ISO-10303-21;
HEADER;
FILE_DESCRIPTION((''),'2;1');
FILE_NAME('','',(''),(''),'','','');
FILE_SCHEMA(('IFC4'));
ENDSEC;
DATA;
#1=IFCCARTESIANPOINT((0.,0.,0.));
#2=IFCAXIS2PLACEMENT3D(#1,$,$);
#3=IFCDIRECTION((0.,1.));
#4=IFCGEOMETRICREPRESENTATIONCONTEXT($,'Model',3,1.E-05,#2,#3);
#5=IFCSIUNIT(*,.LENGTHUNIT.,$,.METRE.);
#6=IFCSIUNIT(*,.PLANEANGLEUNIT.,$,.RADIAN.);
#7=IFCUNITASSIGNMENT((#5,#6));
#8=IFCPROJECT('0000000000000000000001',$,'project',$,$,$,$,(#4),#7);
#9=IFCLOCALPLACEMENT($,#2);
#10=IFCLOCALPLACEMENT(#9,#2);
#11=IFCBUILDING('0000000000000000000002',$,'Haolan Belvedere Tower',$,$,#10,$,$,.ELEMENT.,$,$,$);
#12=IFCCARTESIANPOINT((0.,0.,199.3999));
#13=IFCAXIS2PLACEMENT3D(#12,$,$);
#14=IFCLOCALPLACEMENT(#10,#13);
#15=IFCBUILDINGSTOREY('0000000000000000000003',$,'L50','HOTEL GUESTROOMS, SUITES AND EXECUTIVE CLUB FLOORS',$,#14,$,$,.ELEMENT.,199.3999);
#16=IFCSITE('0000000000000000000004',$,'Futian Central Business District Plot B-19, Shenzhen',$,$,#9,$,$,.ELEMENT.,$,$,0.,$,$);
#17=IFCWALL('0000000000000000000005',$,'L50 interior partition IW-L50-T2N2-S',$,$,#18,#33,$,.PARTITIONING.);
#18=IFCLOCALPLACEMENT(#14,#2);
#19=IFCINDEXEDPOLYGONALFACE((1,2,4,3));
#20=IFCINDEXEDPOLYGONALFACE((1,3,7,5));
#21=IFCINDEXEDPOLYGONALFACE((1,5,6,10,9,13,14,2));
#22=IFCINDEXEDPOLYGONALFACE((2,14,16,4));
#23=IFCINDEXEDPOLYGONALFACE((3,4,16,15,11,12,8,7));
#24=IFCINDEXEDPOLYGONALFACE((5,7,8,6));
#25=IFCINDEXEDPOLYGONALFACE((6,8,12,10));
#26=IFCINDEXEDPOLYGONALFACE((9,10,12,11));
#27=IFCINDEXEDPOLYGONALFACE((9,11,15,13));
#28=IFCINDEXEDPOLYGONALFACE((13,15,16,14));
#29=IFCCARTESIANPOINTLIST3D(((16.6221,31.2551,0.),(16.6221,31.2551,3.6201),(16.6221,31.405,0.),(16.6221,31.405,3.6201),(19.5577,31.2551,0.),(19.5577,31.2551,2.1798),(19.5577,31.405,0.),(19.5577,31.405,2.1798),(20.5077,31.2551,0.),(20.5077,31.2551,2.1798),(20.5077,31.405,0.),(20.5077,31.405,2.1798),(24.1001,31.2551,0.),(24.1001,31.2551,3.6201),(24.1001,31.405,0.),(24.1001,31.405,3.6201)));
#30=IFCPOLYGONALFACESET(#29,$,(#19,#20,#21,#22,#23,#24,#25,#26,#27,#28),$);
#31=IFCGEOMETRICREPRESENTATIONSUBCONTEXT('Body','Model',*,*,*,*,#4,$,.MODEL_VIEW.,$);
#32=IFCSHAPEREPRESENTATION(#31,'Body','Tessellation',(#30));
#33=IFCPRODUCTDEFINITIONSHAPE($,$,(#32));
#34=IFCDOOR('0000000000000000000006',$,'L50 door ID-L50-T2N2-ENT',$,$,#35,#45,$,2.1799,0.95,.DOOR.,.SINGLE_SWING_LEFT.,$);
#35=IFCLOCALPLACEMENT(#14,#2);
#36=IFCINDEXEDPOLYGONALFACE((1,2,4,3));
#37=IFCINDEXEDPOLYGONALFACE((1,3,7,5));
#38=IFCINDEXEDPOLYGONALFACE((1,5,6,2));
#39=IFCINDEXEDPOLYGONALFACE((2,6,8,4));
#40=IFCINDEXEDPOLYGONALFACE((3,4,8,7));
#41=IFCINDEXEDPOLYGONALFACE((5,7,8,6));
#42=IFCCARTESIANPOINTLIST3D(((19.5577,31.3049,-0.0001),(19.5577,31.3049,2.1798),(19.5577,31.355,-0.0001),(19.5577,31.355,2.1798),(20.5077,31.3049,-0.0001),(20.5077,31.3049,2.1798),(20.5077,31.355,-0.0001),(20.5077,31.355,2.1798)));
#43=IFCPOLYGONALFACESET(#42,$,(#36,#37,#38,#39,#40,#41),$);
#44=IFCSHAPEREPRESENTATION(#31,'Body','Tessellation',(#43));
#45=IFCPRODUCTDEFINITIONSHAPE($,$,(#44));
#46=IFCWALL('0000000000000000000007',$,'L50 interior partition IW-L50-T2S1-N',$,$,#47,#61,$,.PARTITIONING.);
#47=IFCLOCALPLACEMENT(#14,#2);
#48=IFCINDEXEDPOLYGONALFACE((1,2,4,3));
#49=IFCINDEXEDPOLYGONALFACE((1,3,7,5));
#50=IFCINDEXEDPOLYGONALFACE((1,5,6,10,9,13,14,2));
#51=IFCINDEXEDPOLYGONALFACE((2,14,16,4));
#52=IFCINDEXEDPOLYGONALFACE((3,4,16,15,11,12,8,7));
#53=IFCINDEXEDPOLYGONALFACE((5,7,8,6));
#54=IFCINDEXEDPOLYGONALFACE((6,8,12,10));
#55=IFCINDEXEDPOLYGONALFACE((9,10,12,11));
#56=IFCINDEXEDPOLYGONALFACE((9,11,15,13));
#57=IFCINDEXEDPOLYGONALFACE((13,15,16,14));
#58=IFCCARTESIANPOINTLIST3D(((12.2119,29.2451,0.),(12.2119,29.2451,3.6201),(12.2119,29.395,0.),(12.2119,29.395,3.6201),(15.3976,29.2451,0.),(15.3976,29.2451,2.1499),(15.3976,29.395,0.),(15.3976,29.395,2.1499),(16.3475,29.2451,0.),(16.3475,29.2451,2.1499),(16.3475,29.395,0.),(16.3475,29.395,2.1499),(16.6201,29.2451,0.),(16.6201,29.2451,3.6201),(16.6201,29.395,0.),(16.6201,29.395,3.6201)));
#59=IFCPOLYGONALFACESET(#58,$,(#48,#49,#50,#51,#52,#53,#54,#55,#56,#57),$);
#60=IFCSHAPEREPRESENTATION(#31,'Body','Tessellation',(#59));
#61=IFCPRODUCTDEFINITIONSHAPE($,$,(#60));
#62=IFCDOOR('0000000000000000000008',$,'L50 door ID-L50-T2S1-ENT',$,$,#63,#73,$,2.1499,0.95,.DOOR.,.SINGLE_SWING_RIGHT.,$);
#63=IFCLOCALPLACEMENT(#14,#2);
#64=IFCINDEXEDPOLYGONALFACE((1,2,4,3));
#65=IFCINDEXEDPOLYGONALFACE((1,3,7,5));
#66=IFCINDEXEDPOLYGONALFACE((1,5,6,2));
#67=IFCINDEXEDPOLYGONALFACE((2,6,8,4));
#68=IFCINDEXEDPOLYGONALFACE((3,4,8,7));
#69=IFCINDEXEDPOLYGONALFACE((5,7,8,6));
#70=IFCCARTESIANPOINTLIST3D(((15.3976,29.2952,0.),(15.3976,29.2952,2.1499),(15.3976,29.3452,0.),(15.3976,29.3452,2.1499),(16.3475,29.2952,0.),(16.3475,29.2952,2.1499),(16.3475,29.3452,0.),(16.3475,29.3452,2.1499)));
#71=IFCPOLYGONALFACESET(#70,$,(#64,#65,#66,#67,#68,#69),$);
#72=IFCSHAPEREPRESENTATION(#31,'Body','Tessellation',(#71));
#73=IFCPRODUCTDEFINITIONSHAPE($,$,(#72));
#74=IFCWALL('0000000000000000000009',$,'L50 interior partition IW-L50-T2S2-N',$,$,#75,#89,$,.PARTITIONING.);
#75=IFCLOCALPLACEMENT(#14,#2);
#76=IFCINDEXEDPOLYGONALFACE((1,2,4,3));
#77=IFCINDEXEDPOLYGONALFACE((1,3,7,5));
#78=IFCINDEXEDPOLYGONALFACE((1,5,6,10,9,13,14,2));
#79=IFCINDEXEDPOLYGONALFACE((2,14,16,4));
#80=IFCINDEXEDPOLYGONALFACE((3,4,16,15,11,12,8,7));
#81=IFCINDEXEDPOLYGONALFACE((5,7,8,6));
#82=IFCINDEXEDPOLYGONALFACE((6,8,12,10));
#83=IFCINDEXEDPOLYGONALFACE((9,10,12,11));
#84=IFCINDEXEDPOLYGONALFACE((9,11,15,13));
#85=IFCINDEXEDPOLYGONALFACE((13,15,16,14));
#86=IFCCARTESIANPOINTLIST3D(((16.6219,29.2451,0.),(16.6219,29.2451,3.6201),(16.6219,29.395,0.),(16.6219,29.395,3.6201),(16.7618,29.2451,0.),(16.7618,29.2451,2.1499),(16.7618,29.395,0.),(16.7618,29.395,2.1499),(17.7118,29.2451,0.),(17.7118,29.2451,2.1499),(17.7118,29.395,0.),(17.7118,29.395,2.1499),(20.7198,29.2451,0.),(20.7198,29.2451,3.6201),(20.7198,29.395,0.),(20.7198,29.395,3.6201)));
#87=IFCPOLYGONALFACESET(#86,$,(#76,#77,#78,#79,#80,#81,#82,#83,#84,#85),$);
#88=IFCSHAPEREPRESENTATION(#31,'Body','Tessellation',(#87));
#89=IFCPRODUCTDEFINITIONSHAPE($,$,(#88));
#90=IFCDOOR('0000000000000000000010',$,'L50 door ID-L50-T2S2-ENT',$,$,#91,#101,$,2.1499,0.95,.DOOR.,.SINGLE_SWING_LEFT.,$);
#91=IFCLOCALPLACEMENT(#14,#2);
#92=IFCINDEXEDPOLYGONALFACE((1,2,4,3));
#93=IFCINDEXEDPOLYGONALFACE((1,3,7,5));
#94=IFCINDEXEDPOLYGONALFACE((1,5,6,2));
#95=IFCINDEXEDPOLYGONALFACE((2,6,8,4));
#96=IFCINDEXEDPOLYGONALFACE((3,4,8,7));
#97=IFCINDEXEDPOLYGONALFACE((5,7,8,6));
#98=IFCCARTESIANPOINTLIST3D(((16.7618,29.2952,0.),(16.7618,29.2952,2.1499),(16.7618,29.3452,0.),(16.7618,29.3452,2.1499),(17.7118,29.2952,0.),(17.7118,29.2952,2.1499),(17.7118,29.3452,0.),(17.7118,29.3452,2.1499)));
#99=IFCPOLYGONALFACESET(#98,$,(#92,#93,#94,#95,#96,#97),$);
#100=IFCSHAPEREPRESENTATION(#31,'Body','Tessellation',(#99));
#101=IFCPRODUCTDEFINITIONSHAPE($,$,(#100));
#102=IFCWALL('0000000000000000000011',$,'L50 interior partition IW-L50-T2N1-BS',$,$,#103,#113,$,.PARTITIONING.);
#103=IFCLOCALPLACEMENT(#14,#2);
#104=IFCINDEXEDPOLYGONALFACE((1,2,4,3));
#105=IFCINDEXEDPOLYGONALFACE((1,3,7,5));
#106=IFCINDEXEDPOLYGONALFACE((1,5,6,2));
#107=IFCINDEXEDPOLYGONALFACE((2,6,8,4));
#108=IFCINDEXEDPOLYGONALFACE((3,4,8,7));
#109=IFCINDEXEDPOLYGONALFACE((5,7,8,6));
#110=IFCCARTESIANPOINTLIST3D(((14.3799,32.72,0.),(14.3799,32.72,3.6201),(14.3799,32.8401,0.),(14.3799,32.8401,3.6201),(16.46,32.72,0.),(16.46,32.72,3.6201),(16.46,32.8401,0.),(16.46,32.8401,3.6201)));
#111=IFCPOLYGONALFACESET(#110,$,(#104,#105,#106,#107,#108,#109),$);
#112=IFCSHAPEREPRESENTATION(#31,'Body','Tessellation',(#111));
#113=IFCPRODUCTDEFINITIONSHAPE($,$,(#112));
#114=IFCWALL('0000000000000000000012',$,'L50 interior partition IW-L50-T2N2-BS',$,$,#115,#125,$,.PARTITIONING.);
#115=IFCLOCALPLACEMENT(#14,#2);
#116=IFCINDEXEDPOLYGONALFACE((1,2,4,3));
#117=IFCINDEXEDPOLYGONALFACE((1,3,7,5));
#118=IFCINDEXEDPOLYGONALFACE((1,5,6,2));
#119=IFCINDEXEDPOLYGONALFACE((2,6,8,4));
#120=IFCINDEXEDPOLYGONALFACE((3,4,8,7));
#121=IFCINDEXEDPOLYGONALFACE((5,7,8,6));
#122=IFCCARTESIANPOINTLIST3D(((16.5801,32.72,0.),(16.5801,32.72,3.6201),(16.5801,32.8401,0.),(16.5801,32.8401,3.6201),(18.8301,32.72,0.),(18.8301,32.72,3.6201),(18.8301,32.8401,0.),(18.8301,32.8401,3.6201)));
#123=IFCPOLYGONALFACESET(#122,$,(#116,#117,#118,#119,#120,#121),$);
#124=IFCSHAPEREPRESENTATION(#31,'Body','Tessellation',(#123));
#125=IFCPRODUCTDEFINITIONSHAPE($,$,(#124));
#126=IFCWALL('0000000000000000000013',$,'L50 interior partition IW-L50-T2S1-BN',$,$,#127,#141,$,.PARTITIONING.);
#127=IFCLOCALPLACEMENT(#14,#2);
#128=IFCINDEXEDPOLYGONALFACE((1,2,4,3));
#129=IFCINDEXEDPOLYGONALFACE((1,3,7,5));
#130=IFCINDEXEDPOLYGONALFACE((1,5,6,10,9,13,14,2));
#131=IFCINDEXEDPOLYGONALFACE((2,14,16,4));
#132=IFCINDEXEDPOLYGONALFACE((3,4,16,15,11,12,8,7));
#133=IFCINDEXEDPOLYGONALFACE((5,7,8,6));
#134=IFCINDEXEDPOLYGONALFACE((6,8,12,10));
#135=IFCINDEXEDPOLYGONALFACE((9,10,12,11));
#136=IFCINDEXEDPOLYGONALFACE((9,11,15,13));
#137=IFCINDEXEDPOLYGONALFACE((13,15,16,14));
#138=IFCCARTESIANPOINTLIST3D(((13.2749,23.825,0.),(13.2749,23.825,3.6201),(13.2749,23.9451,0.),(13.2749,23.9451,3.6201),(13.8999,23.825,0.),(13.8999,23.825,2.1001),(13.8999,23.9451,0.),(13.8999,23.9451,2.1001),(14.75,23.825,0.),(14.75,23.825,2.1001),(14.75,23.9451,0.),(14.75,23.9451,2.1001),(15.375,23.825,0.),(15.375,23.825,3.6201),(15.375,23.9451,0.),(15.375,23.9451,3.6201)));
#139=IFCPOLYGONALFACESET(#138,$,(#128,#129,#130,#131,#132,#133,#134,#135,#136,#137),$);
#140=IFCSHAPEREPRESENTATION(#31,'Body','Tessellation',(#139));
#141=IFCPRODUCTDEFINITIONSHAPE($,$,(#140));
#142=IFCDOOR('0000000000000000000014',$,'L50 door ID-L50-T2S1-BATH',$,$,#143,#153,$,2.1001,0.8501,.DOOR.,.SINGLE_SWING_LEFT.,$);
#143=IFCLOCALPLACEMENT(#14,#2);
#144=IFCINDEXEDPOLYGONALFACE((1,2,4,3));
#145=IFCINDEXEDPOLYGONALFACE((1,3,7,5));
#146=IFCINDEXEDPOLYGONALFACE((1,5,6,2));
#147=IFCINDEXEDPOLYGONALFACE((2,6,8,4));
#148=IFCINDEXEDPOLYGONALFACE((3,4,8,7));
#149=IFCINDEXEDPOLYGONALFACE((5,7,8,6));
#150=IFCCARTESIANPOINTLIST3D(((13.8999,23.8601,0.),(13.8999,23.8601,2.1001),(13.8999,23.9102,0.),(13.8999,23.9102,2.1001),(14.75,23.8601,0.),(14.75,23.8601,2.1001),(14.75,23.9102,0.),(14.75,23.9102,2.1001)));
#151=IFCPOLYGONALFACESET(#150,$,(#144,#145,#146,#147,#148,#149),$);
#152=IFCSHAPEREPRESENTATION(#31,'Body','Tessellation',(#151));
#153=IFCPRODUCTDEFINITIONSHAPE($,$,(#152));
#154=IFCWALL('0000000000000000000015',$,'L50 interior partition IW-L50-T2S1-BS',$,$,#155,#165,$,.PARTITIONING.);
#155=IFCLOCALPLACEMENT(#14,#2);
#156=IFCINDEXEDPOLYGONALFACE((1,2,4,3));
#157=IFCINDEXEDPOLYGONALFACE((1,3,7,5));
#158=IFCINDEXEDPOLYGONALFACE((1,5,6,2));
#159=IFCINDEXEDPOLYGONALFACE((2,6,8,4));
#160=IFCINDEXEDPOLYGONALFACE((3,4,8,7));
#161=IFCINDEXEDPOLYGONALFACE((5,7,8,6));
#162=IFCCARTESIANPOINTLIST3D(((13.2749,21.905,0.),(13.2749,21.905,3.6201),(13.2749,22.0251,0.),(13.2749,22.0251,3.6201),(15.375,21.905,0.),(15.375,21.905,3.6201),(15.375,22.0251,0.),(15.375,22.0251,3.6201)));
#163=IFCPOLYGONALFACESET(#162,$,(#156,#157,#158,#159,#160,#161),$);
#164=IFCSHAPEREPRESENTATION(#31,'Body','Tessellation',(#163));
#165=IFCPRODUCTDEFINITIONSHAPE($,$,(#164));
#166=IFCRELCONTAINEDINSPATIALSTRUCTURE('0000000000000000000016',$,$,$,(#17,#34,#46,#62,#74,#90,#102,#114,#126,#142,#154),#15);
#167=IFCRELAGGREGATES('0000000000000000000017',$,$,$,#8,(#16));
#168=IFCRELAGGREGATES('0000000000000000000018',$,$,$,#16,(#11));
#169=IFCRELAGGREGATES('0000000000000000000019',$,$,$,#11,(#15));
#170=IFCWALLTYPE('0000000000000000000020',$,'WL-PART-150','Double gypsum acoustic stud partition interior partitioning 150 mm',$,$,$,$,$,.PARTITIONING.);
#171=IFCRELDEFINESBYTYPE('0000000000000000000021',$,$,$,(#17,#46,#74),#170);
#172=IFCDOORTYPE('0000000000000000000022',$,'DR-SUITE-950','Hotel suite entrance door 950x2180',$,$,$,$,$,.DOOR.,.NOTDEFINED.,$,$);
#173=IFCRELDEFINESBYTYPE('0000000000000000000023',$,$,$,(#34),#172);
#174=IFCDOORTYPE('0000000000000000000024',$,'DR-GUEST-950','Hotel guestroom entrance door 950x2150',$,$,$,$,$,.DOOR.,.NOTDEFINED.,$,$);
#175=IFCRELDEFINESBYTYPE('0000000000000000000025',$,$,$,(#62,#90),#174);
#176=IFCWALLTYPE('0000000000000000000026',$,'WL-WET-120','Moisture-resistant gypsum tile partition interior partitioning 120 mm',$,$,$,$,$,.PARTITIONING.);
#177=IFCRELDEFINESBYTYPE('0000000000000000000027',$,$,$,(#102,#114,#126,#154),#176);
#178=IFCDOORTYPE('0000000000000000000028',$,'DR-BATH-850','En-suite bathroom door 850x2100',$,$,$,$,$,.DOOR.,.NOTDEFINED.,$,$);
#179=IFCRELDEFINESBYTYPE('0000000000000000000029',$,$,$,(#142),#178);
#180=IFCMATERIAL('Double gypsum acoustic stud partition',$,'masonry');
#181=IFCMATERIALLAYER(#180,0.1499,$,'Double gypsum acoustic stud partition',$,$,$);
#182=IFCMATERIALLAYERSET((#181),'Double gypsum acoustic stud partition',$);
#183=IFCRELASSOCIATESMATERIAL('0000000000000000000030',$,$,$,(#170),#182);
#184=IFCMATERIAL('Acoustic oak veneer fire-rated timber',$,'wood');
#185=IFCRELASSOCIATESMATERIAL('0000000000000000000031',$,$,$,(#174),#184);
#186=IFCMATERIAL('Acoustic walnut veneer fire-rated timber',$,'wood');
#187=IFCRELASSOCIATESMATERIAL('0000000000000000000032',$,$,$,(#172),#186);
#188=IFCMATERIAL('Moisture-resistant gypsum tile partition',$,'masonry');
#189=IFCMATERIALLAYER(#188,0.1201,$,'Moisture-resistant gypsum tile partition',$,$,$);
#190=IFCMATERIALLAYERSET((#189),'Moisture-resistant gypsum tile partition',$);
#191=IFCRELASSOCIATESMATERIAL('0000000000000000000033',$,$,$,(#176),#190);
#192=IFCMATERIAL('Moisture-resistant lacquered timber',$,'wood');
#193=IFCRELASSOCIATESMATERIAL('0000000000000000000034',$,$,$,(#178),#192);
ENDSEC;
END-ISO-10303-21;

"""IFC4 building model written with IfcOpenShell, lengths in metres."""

from ifc_helpers import new_model, si_unit, direction, frame, frame_2d, origin, place, context, subcontext, project, spatial, rectangle, extrude, material, layer, layer_set, type_object, element, fill, save


model = new_model("IFC4")

# Units and contexts
model_context = context("Model", 3, precision=1e-05, world=origin(), true_north=direction((0.0, 1.0)))
body_context = subcontext(model_context, "Body", "Model", "MODEL_VIEW")
ifc_project = project(units=[si_unit("LENGTHUNIT", "METRE"), si_unit("PLANEANGLEUNIT", "RADIAN")], contexts=[model_context])

# Site, building, storey
site_placement = place(None, origin())
site = spatial("IfcSite", under=ifc_project, at=site_placement, Name="Futian Central Business District Plot B-19, Shenzhen", CompositionType="ELEMENT", RefElevation=0.0)
building_placement = place(site_placement, origin())
building = spatial("IfcBuilding", under=site, at=building_placement, Name="Haolan Belvedere Tower", CompositionType="ELEMENT")
storey_placement = place(building_placement, frame((0.0, 0.0, 199.3999)))
storey = spatial("IfcBuildingStorey", under=building, at=storey_placement, Name="L50", Description="HOTEL GUESTROOMS, SUITES AND EXECUTIVE CLUB FLOORS", CompositionType="ELEMENT", Elevation=199.3999)

# Shared definitions
ifc_material_1 = material(Name="Double gypsum acoustic stud partition", Category="masonry")
ifc_layer_1 = layer(ifc_material_1, 0.1499, Name="Double gypsum acoustic stud partition")
ifc_layer_set_1 = layer_set([ifc_layer_1], Name="Double gypsum acoustic stud partition")
wall_type_1 = type_object("IfcWallType", Name="WL-PART-150", Description="Double gypsum acoustic stud partition interior partitioning 150 mm", PredefinedType="PARTITIONING", material=ifc_layer_set_1)
ifc_material_2 = material(Name="Acoustic oak veneer fire-rated timber", Category="wood")
door_type_1 = type_object("IfcDoorType", Name="DR-GUEST-950", Description="Hotel guestroom entrance door 950x2150", OperationType="NOTDEFINED", PredefinedType="DOOR", material=ifc_material_2)

# Walls, openings, doors
wall_1_placement = place(storey_placement, frame((16.6221, 31.3301, 0.0), z_axis=(0.0, 0.0, 1.0), x_axis=(1.0, 0.0, 0.0)))
wall_1 = element("IfcWall", 1, at=wall_1_placement, inside=storey, type_object=wall_type_1, Name="L50 interior partition IW-L50-T2N2-S", PredefinedType="PARTITIONING", context=body_context, shape_type="SweptSolid", body=[
    extrude(rectangle(XDim=7.478, YDim=0.1499, at=frame_2d((3.739, 0.0))), origin(), (0.0, 0.0, 1.0), 3.6201),
])
opening_1_placement = place(wall_1_placement, frame((2.9355, 0.0, 0.0)))
opening_1 = element("IfcOpeningElement", 2, at=opening_1_placement, cuts=wall_1, PredefinedType="OPENING", context=body_context, shape_type="SweptSolid", body=[
    extrude(rectangle(XDim=0.95, YDim=2.1799, at=frame_2d((0.4751, 1.0898))), frame((0.0, 0.085, 0.0), z_axis=(0.0, -1.0, 0.0), x_axis=(1.0, 0.0, 0.0)), (0.0, 0.0, 1.0), 0.1699),
])
ifc_material_3 = material(Name="Acoustic walnut veneer fire-rated timber", Category="wood")
door_type_2 = type_object("IfcDoorType", Name="DR-SUITE-950", Description="Hotel suite entrance door 950x2180", OperationType="NOTDEFINED", PredefinedType="DOOR", material=ifc_material_3)
door_1_placement = place(opening_1_placement, origin())
door_1 = element("IfcDoor", 3, at=door_1_placement, inside=storey, type_object=door_type_2, Name="L50 door ID-L50-T2N2-ENT", OperationType="SINGLE_SWING_LEFT", OverallHeight=2.1799, OverallWidth=0.95, PredefinedType="DOOR", context=body_context, shape_type="SweptSolid", body=[
    extrude(rectangle(XDim=0.95, YDim=2.1799, at=frame_2d((0.4751, 1.0898))), frame((0.0, 0.0249, 0.0), z_axis=(0.0, -1.0, 0.0), x_axis=(1.0, 0.0, 0.0)), (0.0, 0.0, 1.0), 0.05),
])
fill(opening_1, door_1)
wall_2_placement = place(storey_placement, frame((12.2119, 29.3201, 0.0), z_axis=(0.0, 0.0, 1.0), x_axis=(1.0, 0.0, 0.0)))
wall_2 = element("IfcWall", 4, at=wall_2_placement, inside=storey, type_object=wall_type_1, Name="L50 interior partition IW-L50-T2S1-N", PredefinedType="PARTITIONING", context=body_context, shape_type="SweptSolid", body=[
    extrude(rectangle(XDim=4.4082, YDim=0.1499, at=frame_2d((2.2041, 0.0))), origin(), (0.0, 0.0, 1.0), 3.6201),
])
opening_2_placement = place(wall_2_placement, frame((4.1357, 0.0, 0.0), z_axis=(0.0, 0.0, 1.0), x_axis=(-1.0, 0.0, 0.0)))
opening_2 = element("IfcOpeningElement", 5, at=opening_2_placement, cuts=wall_2, PredefinedType="OPENING", context=body_context, shape_type="SweptSolid", body=[
    extrude(rectangle(XDim=0.95, YDim=2.1499, at=frame_2d((0.4751, 1.075))), frame((0.0, 0.085, 0.0), z_axis=(0.0, -1.0, 0.0), x_axis=(1.0, 0.0, 0.0)), (0.0, 0.0, 1.0), 0.1699),
])
door_2_placement = place(opening_2_placement, origin())
door_2 = element("IfcDoor", 6, at=door_2_placement, inside=storey, type_object=door_type_1, Name="L50 door ID-L50-T2S1-ENT", OperationType="SINGLE_SWING_RIGHT", OverallHeight=2.1499, OverallWidth=0.95, PredefinedType="DOOR", context=body_context, shape_type="SweptSolid", body=[
    extrude(rectangle(XDim=0.95, YDim=2.1499, at=frame_2d((0.4751, 1.075))), frame((0.0, 0.0249, 0.0), z_axis=(0.0, -1.0, 0.0), x_axis=(1.0, 0.0, 0.0)), (0.0, 0.0, 1.0), 0.05),
])
fill(opening_2, door_2)
wall_3_placement = place(storey_placement, frame((16.6221, 29.3201, 0.0), z_axis=(0.0, 0.0, 1.0), x_axis=(1.0, 0.0, 0.0)))
wall_3 = element("IfcWall", 7, at=wall_3_placement, inside=storey, type_object=wall_type_1, Name="L50 interior partition IW-L50-T2S2-N", PredefinedType="PARTITIONING", context=body_context, shape_type="SweptSolid", body=[
    extrude(rectangle(XDim=4.0979, YDim=0.1499, at=frame_2d((2.0488, 0.0))), origin(), (0.0, 0.0, 1.0), 3.6201),
])
opening_3_placement = place(wall_3_placement, frame((1.0898, 0.0, 0.0), z_axis=(0.0, 0.0, 1.0), x_axis=(-1.0, 0.0, 0.0)))
opening_3 = element("IfcOpeningElement", 8, at=opening_3_placement, cuts=wall_3, PredefinedType="OPENING", context=body_context, shape_type="SweptSolid", body=[
    extrude(rectangle(XDim=0.95, YDim=2.1499, at=frame_2d((0.4751, 1.075))), frame((0.0, 0.085, 0.0), z_axis=(0.0, -1.0, 0.0), x_axis=(1.0, 0.0, 0.0)), (0.0, 0.0, 1.0), 0.1699),
])
door_3_placement = place(opening_3_placement, origin())
door_3 = element("IfcDoor", 9, at=door_3_placement, inside=storey, type_object=door_type_1, Name="L50 door ID-L50-T2S2-ENT", OperationType="SINGLE_SWING_LEFT", OverallHeight=2.1499, OverallWidth=0.95, PredefinedType="DOOR", context=body_context, shape_type="SweptSolid", body=[
    extrude(rectangle(XDim=0.95, YDim=2.1499, at=frame_2d((0.4751, 1.075))), frame((0.0, 0.0249, 0.0), z_axis=(0.0, -1.0, 0.0), x_axis=(1.0, 0.0, 0.0)), (0.0, 0.0, 1.0), 0.05),
])
fill(opening_3, door_3)

# Walls
ifc_material_4 = material(Name="Moisture-resistant gypsum tile partition", Category="masonry")
ifc_layer_2 = layer(ifc_material_4, 0.1201, Name="Moisture-resistant gypsum tile partition")
ifc_layer_set_2 = layer_set([ifc_layer_2], Name="Moisture-resistant gypsum tile partition")
wall_type_2 = type_object("IfcWallType", Name="WL-WET-120", Description="Moisture-resistant gypsum tile partition interior partitioning 120 mm", PredefinedType="PARTITIONING", material=ifc_layer_set_2)
wall_4_placement = place(storey_placement, frame((14.3799, 32.78, 0.0), z_axis=(0.0, 0.0, 1.0), x_axis=(1.0, 0.0, 0.0)))
element("IfcWall", 10, at=wall_4_placement, inside=storey, type_object=wall_type_2, Name="L50 interior partition IW-L50-T2N1-BS", PredefinedType="PARTITIONING", context=body_context, shape_type="SweptSolid", body=[
    extrude(rectangle(XDim=2.0801, YDim=0.1201, at=frame_2d((1.04, 0.0))), origin(), (0.0, 0.0, 1.0), 3.6201),
])
wall_5_placement = place(storey_placement, frame((16.5801, 32.78, 0.0), z_axis=(0.0, 0.0, 1.0), x_axis=(1.0, 0.0, 0.0)))
element("IfcWall", 11, at=wall_5_placement, inside=storey, type_object=wall_type_2, Name="L50 interior partition IW-L50-T2N2-BS", PredefinedType="PARTITIONING", context=body_context, shape_type="SweptSolid", body=[
    extrude(rectangle(XDim=2.25, YDim=0.1201, at=frame_2d((1.125, 0.0))), origin(), (0.0, 0.0, 1.0), 3.6201),
])

# Wall, opening, door
wall_6_placement = place(storey_placement, frame((13.2749, 23.885, 0.0), z_axis=(0.0, 0.0, 1.0), x_axis=(1.0, 0.0, 0.0)))
wall_6 = element("IfcWall", 12, at=wall_6_placement, inside=storey, type_object=wall_type_2, Name="L50 interior partition IW-L50-T2S1-BN", PredefinedType="PARTITIONING", context=body_context, shape_type="SweptSolid", body=[
    extrude(rectangle(XDim=2.1001, YDim=0.1201, at=frame_2d((1.05, 0.0))), origin(), (0.0, 0.0, 1.0), 3.6201),
])
opening_4_placement = place(wall_6_placement, frame((1.4751, 0.0, 0.0), z_axis=(0.0, 0.0, 1.0), x_axis=(-1.0, 0.0, 0.0)))
opening_4 = element("IfcOpeningElement", 13, at=opening_4_placement, cuts=wall_6, PredefinedType="OPENING", context=body_context, shape_type="SweptSolid", body=[
    extrude(rectangle(XDim=0.8501, YDim=2.1001, at=frame_2d((0.425, 1.05))), frame((0.0, 0.0701, 0.0), z_axis=(0.0, -1.0, 0.0), x_axis=(1.0, 0.0, 0.0)), (0.0, 0.0, 1.0), 0.1401),
])
ifc_material_5 = material(Name="Moisture-resistant lacquered timber", Category="wood")
door_type_3 = type_object("IfcDoorType", Name="DR-BATH-850", Description="En-suite bathroom door 850x2100", OperationType="NOTDEFINED", PredefinedType="DOOR", material=ifc_material_5)
door_4_placement = place(opening_4_placement, origin())
door_4 = element("IfcDoor", 14, at=door_4_placement, inside=storey, type_object=door_type_3, Name="L50 door ID-L50-T2S1-BATH", OperationType="SINGLE_SWING_LEFT", OverallHeight=2.1001, OverallWidth=0.8501, PredefinedType="DOOR", context=body_context, shape_type="SweptSolid", body=[
    extrude(rectangle(XDim=0.8501, YDim=2.1001, at=frame_2d((0.425, 1.05))), frame((0.0, 0.0249, 0.0), z_axis=(0.0, -1.0, 0.0), x_axis=(1.0, 0.0, 0.0)), (0.0, 0.0, 1.0), 0.05),
])
fill(opening_4, door_4)

# Wall
wall_7_placement = place(storey_placement, frame((13.2749, 21.9651, 0.0), z_axis=(0.0, 0.0, 1.0), x_axis=(1.0, 0.0, 0.0)))
element("IfcWall", 15, at=wall_7_placement, inside=storey, type_object=wall_type_2, Name="L50 interior partition IW-L50-T2S1-BS", PredefinedType="PARTITIONING", context=body_context, shape_type="SweptSolid", body=[
    extrude(rectangle(XDim=2.1001, YDim=0.1201, at=frame_2d((1.05, 0.0))), origin(), (0.0, 0.0, 1.0), 3.6201),
])

save(model, "model.ifc")
